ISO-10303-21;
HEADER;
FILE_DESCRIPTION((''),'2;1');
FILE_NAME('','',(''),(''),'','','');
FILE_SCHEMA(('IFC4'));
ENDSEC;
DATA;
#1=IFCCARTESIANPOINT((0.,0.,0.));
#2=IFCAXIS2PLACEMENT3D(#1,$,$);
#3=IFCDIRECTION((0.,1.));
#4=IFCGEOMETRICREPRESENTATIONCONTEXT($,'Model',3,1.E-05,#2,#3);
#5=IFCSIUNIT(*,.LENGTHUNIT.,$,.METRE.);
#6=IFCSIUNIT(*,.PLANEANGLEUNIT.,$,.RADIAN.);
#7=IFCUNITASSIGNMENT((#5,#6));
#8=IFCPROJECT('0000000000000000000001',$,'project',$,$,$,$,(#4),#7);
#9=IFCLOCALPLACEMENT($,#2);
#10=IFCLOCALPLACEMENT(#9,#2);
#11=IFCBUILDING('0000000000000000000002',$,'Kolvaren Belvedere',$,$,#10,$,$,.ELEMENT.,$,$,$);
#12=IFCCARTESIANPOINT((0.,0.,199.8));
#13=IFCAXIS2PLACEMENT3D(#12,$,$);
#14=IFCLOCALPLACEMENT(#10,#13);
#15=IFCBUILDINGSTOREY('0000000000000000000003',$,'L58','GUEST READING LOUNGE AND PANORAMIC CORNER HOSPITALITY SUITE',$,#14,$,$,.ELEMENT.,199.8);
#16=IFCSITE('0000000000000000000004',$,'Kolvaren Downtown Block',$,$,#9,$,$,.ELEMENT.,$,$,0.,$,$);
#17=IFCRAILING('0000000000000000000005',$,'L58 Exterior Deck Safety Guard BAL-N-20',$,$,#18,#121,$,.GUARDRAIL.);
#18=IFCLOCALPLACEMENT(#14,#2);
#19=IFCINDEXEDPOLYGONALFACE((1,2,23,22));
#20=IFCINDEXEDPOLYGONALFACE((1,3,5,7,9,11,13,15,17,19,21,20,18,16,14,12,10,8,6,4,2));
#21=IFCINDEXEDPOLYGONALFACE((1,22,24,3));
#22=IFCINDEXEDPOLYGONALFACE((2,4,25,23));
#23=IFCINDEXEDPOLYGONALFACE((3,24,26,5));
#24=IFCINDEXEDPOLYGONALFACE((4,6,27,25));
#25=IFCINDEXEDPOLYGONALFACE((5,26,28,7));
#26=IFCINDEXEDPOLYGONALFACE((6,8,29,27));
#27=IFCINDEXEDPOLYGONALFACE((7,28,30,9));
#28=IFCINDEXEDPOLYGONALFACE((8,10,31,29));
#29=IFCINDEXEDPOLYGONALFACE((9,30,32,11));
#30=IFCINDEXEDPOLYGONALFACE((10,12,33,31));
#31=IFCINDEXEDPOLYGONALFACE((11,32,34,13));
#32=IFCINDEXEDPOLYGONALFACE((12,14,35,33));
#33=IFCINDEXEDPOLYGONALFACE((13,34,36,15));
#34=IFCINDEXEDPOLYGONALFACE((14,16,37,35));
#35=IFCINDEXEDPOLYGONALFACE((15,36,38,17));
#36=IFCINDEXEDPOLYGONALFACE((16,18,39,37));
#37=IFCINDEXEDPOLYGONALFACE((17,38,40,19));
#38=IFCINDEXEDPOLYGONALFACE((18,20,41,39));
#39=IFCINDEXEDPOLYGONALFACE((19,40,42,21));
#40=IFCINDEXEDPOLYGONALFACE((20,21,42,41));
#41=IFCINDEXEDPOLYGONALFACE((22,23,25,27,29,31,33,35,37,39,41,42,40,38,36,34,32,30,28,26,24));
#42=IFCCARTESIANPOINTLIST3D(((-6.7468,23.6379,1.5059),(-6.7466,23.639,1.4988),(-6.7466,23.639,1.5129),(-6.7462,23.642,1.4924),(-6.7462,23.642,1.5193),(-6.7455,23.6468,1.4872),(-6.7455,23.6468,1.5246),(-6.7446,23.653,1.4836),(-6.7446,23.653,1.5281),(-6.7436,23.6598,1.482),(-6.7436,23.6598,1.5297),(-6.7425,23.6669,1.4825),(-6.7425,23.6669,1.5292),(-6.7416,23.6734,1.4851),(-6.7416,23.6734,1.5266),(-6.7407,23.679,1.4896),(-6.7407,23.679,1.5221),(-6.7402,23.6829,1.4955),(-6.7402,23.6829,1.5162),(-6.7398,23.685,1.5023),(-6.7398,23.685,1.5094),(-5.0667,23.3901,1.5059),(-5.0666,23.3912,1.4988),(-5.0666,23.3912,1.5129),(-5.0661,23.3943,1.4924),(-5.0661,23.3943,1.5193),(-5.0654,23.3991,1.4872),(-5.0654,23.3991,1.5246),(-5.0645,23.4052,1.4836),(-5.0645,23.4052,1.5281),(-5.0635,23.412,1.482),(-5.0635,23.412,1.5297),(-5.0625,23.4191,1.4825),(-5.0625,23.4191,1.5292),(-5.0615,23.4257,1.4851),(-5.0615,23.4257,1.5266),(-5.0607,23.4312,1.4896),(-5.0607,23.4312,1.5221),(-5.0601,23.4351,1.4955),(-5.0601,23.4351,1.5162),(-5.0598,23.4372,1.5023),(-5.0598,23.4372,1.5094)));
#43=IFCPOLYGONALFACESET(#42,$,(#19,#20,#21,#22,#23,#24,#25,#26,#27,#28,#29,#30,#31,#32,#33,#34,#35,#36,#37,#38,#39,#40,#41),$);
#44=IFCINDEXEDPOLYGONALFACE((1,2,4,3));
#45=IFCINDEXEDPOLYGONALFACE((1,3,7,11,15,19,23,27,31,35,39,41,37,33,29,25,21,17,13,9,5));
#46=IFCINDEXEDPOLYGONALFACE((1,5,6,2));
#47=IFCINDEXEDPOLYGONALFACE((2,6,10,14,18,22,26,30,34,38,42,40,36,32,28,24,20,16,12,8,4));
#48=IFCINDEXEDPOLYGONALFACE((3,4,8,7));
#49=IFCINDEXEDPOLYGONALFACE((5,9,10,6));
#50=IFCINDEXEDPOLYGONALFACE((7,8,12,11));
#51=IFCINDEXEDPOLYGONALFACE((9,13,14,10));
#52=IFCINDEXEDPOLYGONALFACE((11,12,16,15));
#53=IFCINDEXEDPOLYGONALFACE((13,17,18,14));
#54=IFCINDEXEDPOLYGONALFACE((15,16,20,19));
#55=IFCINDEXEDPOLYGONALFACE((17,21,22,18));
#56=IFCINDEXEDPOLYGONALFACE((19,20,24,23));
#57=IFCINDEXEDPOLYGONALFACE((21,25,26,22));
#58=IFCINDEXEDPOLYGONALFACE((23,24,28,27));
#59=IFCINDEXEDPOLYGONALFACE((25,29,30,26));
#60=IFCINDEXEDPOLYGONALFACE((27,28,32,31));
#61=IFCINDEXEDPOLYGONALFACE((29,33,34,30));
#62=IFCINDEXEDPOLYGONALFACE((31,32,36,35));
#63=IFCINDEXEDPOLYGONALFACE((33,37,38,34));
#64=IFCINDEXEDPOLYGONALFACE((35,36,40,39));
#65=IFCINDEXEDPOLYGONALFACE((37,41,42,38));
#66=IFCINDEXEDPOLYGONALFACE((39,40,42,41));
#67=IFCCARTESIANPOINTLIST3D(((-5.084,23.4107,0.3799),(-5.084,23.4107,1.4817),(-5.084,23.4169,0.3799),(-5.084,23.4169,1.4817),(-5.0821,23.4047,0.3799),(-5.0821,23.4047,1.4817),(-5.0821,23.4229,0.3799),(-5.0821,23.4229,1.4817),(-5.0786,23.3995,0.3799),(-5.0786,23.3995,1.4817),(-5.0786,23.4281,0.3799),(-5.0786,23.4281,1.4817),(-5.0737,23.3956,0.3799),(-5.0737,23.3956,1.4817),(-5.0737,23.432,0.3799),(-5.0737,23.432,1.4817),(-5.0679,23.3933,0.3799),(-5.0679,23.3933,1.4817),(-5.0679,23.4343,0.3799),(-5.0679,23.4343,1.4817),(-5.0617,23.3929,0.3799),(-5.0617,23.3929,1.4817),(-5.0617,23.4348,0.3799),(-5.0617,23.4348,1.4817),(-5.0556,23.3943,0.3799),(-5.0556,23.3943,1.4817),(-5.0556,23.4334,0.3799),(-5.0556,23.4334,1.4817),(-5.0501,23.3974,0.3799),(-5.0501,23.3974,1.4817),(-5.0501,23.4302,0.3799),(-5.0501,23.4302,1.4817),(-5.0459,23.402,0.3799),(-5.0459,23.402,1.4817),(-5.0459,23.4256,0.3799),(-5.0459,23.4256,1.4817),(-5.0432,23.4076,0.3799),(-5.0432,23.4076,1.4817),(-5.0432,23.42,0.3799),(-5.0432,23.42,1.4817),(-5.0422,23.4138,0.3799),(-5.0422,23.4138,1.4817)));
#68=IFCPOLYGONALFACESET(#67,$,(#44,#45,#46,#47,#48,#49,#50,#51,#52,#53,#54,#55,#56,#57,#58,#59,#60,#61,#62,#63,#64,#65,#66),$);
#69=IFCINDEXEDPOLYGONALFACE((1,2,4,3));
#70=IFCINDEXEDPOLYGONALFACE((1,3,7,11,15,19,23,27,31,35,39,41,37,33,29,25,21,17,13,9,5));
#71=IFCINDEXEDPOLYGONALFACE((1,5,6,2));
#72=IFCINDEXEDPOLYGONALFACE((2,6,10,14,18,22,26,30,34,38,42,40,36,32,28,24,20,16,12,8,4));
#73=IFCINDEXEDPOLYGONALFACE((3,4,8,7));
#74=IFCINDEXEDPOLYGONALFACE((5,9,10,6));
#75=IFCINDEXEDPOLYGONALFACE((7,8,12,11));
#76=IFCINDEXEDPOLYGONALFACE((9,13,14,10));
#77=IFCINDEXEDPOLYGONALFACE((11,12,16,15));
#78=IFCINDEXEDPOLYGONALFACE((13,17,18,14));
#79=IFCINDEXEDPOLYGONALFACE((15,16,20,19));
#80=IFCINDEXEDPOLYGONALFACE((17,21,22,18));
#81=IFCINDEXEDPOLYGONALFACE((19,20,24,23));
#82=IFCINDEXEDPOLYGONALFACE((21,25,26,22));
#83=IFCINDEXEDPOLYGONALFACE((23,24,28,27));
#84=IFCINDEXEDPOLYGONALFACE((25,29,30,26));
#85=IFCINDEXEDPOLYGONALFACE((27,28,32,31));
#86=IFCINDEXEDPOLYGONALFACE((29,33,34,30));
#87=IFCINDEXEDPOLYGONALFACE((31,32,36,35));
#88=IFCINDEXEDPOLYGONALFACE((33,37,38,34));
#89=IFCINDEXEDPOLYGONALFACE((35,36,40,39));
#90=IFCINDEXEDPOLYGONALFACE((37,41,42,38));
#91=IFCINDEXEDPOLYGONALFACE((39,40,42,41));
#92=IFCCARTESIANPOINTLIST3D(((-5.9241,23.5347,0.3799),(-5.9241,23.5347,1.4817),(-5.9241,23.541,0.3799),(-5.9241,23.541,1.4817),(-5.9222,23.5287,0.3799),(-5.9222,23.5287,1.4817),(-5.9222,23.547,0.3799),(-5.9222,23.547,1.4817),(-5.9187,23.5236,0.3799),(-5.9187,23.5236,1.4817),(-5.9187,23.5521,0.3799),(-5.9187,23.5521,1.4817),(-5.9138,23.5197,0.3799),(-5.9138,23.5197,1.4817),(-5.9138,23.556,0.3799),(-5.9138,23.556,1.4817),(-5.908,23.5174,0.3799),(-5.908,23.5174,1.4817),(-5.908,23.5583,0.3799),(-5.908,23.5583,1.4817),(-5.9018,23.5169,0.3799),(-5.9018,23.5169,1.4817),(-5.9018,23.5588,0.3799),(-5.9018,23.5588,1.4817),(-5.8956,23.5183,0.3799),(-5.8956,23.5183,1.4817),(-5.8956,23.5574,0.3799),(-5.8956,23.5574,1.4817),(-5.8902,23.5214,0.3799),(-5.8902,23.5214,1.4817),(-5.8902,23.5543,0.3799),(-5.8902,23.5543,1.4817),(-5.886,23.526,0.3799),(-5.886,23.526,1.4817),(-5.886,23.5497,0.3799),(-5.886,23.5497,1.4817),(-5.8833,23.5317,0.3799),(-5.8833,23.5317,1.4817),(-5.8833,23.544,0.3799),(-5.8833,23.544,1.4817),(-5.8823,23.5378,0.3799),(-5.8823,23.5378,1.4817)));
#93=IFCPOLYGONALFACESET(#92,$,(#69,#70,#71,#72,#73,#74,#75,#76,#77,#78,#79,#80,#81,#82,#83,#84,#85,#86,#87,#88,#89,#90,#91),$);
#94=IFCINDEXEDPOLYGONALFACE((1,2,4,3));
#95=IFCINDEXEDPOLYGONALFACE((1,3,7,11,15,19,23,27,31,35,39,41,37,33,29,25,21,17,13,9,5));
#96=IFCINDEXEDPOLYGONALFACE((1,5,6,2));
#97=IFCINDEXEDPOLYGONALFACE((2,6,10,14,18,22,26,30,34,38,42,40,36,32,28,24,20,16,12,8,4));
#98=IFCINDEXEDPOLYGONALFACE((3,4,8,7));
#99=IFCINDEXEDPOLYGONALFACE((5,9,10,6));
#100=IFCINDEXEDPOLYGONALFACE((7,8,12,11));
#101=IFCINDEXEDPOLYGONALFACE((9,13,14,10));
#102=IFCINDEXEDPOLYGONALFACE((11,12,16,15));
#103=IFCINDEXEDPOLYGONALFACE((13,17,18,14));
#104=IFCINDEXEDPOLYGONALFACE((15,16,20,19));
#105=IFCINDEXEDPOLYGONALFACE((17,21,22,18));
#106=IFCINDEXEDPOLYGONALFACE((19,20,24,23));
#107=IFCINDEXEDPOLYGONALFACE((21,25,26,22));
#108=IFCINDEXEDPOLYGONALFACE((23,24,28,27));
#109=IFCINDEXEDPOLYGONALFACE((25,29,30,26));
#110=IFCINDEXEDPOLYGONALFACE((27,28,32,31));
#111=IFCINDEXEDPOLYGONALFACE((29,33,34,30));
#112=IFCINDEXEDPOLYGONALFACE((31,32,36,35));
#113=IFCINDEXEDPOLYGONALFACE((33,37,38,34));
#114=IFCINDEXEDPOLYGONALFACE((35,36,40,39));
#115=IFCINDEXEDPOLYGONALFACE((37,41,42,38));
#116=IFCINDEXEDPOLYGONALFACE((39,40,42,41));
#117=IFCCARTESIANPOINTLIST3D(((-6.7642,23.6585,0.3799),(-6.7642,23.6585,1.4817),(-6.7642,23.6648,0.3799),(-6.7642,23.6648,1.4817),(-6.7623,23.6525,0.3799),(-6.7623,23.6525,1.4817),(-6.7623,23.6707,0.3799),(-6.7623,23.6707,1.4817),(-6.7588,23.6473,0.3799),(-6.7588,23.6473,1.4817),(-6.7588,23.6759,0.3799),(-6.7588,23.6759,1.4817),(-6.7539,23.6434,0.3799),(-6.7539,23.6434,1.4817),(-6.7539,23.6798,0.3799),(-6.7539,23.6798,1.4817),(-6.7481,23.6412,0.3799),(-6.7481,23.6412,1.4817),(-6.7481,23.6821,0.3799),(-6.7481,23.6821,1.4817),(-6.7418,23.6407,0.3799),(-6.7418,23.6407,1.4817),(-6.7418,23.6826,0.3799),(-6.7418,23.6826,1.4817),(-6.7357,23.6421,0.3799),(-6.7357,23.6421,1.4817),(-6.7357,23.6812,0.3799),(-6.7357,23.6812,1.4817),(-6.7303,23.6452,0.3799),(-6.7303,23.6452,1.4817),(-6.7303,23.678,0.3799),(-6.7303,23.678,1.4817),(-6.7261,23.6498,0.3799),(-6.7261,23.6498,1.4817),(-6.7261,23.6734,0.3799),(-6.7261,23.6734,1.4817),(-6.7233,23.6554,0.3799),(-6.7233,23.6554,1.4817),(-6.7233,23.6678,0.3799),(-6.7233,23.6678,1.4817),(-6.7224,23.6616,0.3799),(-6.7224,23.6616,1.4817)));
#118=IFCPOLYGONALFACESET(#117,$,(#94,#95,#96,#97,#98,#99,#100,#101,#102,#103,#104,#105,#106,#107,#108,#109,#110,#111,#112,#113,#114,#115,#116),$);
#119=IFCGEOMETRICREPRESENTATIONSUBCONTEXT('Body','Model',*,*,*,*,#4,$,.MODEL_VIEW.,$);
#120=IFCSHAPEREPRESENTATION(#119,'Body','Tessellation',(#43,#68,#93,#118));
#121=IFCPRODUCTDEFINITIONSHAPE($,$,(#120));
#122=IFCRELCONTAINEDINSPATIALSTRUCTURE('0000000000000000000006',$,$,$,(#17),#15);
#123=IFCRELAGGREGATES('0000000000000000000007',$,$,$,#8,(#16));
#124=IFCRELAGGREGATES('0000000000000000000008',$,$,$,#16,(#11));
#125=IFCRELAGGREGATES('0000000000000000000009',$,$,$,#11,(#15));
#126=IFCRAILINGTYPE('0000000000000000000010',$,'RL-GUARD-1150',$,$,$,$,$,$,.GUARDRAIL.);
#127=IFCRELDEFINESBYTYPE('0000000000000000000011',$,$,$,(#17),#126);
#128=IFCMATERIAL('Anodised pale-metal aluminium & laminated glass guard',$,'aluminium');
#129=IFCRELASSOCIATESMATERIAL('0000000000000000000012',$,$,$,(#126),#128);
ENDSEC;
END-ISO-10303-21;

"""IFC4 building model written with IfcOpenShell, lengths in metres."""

from ifc_helpers import new_model, si_unit, direction, frame, origin, origin_2d, place, context, subcontext, project, spatial, circle, extrude, material, type_object, element, save


model = new_model("IFC4")

# Units and contexts
model_context = context("Model", 3, precision=1e-05, world=origin(), true_north=direction((0.0, 1.0)))
body_context = subcontext(model_context, "Body", "Model", "MODEL_VIEW")
ifc_project = project(units=[si_unit("LENGTHUNIT", "METRE"), si_unit("PLANEANGLEUNIT", "RADIAN")], contexts=[model_context])

# Site, building, storey
site_placement = place(None, origin())
site = spatial("IfcSite", under=ifc_project, at=site_placement, Name="Kolvaren Downtown Block", CompositionType="ELEMENT", RefElevation=0.0)
building_placement = place(site_placement, origin())
building = spatial("IfcBuilding", under=site, at=building_placement, Name="Kolvaren Belvedere", CompositionType="ELEMENT")
storey_placement = place(building_placement, frame((0.0, 0.0, 199.8)))
storey = spatial("IfcBuildingStorey", under=building, at=storey_placement, Name="L58", Description="GUEST READING LOUNGE AND PANORAMIC CORNER HOSPITALITY SUITE", CompositionType="ELEMENT", Elevation=199.8)

# Railing
ifc_material_1 = material(Name="Anodised pale-metal aluminium & laminated glass guard", Category="aluminium")
railing_type = type_object("IfcRailingType", Name="RL-GUARD-1150", PredefinedType="GUARDRAIL", material=ifc_material_1)
railing_1_placement = place(storey_placement, frame((-5.0632, 23.4138, 0.3799)))
element("IfcRailing", 1, at=railing_1_placement, inside=storey, type_object=railing_type, Name="L58 Exterior Deck Safety Guard BAL-N-20", PredefinedType="GUARDRAIL", context=body_context, shape_type="SweptSolid", body=[
    extrude(circle(Radius=0.0239, at=origin_2d()), frame((0.0, 0.0, 1.126), z_axis=(-0.989298, 0.145908, 0.0), x_axis=(-0.145908, -0.989298, 0.0)), (0.0, 0.0, 1.0), 1.6982),
    extrude(circle(Radius=0.021, at=origin_2d()), origin(), (0.0, 0.0, 1.0), 1.1018),
    extrude(circle(Radius=0.021, at=origin_2d()), frame((-0.8401, 0.124, 0.0)), (0.0, 0.0, 1.0), 1.1018),
    extrude(circle(Radius=0.021, at=origin_2d()), frame((-1.6802, 0.2478, 0.0)), (0.0, 0.0, 1.0), 1.1018),
])

save(model, "model.ifc")
